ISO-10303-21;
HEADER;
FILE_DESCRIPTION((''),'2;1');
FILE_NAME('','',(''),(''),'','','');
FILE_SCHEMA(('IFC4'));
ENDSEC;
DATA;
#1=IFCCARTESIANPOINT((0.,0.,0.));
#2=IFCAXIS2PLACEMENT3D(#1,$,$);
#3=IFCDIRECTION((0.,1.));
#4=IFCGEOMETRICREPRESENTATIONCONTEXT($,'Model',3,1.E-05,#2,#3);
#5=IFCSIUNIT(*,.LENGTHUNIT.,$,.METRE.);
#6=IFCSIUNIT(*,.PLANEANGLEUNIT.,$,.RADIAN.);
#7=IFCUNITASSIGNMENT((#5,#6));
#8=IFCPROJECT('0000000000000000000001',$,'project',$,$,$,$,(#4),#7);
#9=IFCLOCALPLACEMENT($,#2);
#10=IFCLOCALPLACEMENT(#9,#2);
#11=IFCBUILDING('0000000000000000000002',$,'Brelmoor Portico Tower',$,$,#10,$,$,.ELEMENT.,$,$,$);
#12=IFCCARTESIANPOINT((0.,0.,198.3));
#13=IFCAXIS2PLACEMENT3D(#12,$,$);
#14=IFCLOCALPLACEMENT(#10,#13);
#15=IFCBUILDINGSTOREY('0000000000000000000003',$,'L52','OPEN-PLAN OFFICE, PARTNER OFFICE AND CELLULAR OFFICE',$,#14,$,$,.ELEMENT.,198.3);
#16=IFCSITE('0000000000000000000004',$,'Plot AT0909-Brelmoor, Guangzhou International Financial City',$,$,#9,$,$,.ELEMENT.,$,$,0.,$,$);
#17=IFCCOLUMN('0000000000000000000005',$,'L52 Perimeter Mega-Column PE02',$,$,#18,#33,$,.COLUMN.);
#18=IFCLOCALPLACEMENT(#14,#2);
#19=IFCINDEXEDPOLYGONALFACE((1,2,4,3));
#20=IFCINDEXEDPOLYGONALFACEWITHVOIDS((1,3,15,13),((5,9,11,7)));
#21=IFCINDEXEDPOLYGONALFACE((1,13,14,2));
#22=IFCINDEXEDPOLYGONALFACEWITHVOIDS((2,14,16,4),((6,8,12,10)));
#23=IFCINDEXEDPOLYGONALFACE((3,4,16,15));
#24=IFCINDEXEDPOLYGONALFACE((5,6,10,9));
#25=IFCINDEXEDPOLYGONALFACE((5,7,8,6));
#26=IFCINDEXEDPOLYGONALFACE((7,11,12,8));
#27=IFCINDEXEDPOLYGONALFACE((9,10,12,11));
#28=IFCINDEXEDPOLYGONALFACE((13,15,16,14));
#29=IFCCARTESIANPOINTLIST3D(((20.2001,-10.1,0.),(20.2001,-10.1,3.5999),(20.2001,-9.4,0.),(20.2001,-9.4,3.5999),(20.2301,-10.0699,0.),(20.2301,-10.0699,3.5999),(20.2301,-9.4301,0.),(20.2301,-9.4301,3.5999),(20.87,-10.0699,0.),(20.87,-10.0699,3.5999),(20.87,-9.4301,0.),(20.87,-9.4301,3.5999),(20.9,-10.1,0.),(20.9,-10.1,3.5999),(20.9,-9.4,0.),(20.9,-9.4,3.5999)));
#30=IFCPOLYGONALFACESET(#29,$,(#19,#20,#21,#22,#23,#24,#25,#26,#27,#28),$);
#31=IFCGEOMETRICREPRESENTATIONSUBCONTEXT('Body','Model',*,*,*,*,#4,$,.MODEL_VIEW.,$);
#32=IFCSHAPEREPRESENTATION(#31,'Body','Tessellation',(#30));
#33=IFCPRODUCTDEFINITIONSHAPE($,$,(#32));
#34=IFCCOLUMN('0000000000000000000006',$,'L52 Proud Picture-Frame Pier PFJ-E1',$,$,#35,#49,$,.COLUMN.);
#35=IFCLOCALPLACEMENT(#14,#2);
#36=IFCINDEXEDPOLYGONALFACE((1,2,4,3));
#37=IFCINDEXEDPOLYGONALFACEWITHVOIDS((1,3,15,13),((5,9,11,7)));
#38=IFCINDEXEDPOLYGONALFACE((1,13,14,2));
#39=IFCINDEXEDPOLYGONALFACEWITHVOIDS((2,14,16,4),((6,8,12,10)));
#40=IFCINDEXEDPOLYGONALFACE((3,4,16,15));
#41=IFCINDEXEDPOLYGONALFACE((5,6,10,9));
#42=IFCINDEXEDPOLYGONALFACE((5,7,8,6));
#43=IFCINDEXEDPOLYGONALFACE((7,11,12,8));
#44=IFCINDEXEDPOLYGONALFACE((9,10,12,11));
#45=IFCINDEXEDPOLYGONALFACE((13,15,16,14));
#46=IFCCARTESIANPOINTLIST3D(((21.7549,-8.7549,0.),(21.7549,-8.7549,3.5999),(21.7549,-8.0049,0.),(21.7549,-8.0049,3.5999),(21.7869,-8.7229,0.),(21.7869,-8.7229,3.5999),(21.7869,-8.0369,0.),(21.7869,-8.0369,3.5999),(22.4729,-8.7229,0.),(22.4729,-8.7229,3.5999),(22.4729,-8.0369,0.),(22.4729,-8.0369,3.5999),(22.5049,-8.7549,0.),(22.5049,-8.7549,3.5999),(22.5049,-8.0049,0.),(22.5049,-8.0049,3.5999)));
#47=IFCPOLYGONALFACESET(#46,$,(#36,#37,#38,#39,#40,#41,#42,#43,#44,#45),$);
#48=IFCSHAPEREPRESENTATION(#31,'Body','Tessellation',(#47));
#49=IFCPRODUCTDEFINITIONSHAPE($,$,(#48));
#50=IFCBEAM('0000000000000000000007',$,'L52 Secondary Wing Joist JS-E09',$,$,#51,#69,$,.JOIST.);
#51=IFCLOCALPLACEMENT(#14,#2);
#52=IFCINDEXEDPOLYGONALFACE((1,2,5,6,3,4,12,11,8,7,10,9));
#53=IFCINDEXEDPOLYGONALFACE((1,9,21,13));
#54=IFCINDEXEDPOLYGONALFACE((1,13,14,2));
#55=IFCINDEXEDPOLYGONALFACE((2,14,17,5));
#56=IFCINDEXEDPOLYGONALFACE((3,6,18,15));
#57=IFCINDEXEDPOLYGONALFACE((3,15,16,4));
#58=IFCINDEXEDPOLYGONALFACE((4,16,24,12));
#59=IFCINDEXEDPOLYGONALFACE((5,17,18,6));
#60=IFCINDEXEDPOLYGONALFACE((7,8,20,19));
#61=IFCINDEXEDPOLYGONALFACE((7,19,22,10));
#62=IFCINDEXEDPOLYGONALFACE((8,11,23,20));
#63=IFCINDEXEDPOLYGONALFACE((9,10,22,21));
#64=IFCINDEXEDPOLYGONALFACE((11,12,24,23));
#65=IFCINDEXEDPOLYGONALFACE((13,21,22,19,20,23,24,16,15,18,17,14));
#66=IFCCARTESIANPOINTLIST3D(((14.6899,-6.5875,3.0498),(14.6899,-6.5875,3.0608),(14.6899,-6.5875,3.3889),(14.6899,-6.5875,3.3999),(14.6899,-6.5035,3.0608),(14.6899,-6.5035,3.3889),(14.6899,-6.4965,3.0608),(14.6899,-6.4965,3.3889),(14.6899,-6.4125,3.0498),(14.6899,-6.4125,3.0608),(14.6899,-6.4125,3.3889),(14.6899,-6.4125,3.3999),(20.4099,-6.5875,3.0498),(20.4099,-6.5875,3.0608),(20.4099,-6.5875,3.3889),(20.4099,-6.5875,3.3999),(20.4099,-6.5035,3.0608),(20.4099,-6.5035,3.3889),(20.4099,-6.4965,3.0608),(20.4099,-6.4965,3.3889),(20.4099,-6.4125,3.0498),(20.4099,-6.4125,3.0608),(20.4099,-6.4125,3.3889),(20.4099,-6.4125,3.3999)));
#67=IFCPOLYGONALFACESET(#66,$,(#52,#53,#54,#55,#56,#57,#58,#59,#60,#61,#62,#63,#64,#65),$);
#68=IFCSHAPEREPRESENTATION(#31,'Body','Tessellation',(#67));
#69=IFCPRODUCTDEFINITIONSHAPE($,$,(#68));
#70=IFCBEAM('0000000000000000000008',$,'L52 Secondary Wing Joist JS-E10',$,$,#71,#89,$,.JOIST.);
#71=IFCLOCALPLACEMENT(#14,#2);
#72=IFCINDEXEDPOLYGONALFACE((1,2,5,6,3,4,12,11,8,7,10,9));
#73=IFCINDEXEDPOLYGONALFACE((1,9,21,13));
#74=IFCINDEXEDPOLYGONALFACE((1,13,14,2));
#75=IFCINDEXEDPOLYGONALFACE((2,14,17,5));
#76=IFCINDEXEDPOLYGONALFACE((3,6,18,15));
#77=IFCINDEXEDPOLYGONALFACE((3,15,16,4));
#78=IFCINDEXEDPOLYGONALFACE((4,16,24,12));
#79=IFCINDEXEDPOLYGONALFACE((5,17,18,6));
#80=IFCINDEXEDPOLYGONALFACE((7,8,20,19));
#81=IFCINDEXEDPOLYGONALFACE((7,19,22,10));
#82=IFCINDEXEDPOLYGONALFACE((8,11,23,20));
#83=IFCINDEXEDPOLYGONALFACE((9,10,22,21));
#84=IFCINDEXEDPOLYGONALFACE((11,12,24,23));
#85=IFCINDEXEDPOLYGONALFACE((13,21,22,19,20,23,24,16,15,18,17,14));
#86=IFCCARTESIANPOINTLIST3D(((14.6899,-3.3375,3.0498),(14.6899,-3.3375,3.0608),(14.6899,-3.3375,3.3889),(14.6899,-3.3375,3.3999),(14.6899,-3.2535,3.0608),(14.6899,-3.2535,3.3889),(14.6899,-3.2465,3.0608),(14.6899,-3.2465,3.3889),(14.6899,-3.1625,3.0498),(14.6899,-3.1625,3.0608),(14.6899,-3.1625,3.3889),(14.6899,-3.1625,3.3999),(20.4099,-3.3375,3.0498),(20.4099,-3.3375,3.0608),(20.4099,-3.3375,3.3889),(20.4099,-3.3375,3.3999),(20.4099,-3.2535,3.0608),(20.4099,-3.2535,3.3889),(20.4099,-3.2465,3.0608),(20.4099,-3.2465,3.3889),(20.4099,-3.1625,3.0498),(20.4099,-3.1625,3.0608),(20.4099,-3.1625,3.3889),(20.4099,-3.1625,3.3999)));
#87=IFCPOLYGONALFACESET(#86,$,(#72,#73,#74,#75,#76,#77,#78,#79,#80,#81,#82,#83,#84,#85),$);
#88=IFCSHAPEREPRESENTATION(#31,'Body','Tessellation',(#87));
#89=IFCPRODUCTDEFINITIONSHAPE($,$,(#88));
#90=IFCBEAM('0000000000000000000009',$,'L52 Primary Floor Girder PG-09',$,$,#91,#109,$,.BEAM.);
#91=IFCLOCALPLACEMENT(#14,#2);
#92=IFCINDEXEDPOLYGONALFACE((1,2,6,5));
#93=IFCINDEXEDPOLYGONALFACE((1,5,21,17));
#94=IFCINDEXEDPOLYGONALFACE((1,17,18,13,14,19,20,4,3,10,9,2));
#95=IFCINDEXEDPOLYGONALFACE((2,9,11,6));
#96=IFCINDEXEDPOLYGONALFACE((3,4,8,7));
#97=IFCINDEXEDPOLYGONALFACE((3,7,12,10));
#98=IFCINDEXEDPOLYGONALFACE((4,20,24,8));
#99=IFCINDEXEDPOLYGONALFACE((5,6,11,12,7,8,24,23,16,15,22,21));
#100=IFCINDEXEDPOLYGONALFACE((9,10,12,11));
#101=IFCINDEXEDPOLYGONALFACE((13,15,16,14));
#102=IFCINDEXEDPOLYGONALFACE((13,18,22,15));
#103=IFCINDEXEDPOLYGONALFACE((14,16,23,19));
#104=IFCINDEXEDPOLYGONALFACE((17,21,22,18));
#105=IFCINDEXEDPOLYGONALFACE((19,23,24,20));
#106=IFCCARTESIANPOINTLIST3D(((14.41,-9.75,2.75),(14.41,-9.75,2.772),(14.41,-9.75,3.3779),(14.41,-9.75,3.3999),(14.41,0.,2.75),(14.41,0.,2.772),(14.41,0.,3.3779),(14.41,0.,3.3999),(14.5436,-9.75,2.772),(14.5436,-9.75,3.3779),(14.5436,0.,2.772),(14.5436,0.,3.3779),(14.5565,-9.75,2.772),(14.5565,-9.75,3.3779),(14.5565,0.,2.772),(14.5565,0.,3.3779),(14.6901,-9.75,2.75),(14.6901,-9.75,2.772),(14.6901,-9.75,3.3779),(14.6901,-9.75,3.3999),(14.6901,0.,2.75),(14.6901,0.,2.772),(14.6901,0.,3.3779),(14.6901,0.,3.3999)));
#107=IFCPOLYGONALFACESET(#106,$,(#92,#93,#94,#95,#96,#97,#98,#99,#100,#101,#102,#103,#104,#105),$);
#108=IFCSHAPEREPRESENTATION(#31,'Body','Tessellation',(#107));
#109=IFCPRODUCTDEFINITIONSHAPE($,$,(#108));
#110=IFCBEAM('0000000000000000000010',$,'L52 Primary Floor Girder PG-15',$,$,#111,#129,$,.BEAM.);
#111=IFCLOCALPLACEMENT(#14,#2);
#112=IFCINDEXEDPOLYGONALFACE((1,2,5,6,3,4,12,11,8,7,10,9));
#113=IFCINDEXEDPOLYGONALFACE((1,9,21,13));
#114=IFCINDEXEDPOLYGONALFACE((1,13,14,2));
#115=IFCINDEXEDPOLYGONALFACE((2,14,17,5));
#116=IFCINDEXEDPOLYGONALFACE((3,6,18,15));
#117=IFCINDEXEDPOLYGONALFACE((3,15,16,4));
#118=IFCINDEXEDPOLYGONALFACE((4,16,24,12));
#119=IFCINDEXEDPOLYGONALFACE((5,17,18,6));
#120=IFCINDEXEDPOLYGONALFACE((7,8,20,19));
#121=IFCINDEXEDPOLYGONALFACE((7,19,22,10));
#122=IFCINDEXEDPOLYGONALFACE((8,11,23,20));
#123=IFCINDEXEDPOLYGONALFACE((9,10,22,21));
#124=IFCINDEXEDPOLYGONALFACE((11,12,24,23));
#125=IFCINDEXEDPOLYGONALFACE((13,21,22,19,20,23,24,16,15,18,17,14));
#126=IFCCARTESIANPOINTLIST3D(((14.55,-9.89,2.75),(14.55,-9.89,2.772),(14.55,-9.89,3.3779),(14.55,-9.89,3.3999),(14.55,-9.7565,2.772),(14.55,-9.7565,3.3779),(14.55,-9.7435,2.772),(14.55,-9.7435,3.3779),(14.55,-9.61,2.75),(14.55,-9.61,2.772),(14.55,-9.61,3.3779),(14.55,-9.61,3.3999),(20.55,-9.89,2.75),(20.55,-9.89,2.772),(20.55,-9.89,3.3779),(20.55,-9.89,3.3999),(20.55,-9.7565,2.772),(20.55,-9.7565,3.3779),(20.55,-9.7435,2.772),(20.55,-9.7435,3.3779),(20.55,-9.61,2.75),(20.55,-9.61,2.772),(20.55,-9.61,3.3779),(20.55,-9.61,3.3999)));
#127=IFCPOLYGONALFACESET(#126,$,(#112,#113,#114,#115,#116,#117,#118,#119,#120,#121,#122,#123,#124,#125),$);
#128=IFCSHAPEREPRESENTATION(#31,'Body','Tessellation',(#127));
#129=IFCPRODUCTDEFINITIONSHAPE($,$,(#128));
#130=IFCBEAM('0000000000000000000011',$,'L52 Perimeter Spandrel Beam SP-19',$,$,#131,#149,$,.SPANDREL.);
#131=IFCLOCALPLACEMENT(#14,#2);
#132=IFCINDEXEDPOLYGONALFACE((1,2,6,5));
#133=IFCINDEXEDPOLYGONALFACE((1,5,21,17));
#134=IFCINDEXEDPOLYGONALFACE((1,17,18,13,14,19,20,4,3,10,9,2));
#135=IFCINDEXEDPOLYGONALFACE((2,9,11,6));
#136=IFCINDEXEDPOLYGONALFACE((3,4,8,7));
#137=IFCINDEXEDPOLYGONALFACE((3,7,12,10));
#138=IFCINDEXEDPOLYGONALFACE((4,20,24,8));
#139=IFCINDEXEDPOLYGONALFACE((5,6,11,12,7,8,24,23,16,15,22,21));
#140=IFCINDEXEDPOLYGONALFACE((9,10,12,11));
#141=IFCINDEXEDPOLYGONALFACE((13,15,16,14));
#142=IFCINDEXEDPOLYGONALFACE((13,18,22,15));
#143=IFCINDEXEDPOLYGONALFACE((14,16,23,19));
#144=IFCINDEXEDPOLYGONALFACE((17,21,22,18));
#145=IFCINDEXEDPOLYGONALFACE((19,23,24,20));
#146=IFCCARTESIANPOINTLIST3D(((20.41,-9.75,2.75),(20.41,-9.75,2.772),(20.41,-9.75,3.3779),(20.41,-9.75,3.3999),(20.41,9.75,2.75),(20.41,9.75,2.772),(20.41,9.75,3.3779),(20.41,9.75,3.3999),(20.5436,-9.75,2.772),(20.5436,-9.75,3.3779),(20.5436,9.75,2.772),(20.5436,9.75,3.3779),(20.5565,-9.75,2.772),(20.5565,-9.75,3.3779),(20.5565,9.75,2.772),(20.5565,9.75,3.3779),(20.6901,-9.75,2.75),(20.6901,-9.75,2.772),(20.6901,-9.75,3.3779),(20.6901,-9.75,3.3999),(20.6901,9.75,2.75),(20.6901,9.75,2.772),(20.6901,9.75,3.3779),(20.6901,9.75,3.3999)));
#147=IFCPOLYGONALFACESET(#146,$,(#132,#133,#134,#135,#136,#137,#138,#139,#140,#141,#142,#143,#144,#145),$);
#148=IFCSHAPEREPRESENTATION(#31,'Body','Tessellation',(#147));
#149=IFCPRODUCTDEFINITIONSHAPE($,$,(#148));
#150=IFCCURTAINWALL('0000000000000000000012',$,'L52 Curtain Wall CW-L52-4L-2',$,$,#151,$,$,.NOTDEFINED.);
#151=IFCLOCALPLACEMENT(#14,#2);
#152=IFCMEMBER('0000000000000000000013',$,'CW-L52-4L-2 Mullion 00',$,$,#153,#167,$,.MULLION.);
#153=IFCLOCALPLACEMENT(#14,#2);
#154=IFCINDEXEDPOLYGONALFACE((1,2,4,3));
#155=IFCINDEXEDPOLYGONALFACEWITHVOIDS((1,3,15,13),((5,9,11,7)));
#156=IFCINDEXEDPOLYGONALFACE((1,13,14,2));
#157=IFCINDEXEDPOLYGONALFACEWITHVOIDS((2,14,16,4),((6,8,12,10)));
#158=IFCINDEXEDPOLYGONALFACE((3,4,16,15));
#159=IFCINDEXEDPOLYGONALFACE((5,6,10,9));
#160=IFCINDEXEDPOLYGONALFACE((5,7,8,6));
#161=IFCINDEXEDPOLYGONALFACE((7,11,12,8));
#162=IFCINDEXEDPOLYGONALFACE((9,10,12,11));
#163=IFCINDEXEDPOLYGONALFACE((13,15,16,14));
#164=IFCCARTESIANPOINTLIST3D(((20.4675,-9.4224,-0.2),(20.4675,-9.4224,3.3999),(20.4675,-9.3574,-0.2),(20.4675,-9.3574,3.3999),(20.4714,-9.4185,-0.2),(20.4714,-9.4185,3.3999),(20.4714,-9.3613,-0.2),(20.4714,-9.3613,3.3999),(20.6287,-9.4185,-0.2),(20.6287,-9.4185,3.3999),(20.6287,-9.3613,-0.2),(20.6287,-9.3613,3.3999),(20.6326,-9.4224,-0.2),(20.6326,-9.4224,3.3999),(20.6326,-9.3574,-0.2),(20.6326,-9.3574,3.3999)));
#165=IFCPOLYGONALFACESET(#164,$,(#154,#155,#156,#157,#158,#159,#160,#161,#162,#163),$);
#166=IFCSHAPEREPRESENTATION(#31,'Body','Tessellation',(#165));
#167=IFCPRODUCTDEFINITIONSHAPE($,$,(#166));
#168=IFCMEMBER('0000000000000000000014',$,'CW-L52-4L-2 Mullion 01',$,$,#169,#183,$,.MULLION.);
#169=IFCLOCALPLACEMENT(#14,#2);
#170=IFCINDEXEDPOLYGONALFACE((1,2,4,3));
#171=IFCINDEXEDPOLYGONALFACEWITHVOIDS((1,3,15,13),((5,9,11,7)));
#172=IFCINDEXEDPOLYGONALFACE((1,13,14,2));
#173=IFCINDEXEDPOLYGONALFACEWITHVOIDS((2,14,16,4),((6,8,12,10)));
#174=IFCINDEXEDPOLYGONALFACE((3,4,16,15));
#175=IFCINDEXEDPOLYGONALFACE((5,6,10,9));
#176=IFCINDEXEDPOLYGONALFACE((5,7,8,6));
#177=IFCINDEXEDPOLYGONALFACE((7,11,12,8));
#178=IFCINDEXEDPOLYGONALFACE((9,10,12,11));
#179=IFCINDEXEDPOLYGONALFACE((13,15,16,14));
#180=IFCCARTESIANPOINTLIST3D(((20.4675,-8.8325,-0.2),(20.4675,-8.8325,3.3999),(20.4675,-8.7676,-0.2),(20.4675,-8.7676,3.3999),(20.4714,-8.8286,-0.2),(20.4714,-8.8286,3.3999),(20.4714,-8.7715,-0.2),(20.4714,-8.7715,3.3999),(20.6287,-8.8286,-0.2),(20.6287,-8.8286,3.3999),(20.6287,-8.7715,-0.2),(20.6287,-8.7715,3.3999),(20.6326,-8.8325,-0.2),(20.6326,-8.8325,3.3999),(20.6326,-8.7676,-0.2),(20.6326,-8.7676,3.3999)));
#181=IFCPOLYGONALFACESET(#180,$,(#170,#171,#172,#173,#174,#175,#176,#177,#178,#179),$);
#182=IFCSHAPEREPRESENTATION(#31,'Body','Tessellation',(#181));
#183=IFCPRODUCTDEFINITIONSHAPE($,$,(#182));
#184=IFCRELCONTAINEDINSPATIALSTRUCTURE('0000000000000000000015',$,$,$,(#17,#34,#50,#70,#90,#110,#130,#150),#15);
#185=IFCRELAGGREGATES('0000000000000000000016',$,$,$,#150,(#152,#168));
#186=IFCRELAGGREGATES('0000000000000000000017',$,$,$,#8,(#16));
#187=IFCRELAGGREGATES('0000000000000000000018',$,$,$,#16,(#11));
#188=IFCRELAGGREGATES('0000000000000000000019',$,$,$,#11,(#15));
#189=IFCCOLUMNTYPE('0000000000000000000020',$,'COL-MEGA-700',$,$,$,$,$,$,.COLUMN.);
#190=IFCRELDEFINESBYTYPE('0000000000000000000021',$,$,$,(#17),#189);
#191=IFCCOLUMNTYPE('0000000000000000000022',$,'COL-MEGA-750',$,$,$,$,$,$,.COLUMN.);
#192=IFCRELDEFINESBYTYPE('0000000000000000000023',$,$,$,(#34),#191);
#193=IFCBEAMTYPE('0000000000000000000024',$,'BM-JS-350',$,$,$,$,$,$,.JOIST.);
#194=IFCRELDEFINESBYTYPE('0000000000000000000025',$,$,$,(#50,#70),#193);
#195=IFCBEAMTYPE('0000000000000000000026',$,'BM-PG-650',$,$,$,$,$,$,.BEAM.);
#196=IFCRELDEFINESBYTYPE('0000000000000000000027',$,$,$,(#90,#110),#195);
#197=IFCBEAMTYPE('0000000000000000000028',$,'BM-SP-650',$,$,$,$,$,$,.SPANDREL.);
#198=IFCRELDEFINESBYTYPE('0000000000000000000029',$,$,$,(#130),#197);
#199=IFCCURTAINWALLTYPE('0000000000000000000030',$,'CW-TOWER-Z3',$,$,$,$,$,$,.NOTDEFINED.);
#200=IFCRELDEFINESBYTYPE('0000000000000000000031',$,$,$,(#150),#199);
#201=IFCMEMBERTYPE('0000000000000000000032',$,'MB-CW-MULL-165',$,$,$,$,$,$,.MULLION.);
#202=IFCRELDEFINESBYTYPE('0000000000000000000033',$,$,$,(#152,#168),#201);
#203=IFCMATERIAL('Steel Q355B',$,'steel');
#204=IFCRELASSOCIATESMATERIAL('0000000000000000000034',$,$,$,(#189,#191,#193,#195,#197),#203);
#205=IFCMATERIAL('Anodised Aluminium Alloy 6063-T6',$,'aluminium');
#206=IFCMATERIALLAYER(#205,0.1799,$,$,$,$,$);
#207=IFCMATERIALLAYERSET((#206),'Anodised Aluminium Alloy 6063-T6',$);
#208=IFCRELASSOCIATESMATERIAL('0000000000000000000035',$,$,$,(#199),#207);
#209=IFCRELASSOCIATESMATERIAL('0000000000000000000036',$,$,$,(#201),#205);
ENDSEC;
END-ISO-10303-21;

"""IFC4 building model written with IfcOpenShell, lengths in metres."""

from ifc_helpers import new_model, si_unit, direction, frame, origin, origin_2d, place, context, subcontext, project, spatial, hollow_rectangle, i_section, extrude, material, layer, layer_set, material_profile, profile_set, type_object, element, aggregate, save


model = new_model("IFC4")

# Units and contexts
model_context = context("Model", 3, precision=1e-05, world=origin(), true_north=direction((0.0, 1.0)))
body_context = subcontext(model_context, "Body", "Model", "MODEL_VIEW")
ifc_project = project(units=[si_unit("LENGTHUNIT", "METRE"), si_unit("PLANEANGLEUNIT", "RADIAN")], contexts=[model_context])

# Site, building, storey
site_placement = place(None, origin())
site = spatial("IfcSite", under=ifc_project, at=site_placement, Name="Plot AT0909-Brelmoor, Guangzhou International Financial City", CompositionType="ELEMENT", RefElevation=0.0)
building_placement = place(site_placement, origin())
building = spatial("IfcBuilding", under=site, at=building_placement, Name="Brelmoor Portico Tower", CompositionType="ELEMENT")
storey_placement = place(building_placement, frame((0.0, 0.0, 198.3)))
storey = spatial("IfcBuildingStorey", under=building, at=storey_placement, Name="L52", Description="OPEN-PLAN OFFICE, PARTNER OFFICE AND CELLULAR OFFICE", CompositionType="ELEMENT", Elevation=198.3)

# Columns
ifc_material_1 = material(Name="Steel Q355B", Category="steel")
ifc_material_profile_1 = material_profile(ifc_material_1, hollow_rectangle(XDim=0.7, YDim=0.7, WallThickness=0.03, at=origin_2d()), Name="BOX 700x700x30")
ifc_profile_set_1 = profile_set([ifc_material_profile_1], Name="Steel Q355B")
column_type_1 = type_object("IfcColumnType", Name="COL-MEGA-700", PredefinedType="COLUMN", material=ifc_profile_set_1)
column_1_placement = place(storey_placement, frame((20.55, -9.75, 0.0), z_axis=(0.0, 0.0, 1.0), x_axis=(0.0, 1.0, 0.0)))
element("IfcColumn", 1, at=column_1_placement, inside=storey, type_object=column_type_1, Name="L52 Perimeter Mega-Column PE02", PredefinedType="COLUMN", context=body_context, shape_type="SweptSolid", body=[
    extrude(hollow_rectangle(XDim=0.7, YDim=0.7, WallThickness=0.03, at=origin_2d()), origin(), (0.0, 0.0, 1.0), 3.5999),
])
ifc_material_profile_2 = material_profile(ifc_material_1, hollow_rectangle(XDim=0.75, YDim=0.75, WallThickness=0.032, at=origin_2d()), Name="BOX 750x750x32")
ifc_profile_set_2 = profile_set([ifc_material_profile_2], Name="Steel Q355B")
column_type_2 = type_object("IfcColumnType", Name="COL-MEGA-750", PredefinedType="COLUMN", material=ifc_profile_set_2)
column_2_placement = place(storey_placement, frame((22.1299, -8.3799, 0.0), z_axis=(0.0, 0.0, 1.0), x_axis=(0.0, 1.0, 0.0)))
element("IfcColumn", 2, at=column_2_placement, inside=storey, type_object=column_type_2, Name="L52 Proud Picture-Frame Pier PFJ-E1", PredefinedType="COLUMN", context=body_context, shape_type="SweptSolid", body=[
    extrude(hollow_rectangle(XDim=0.75, YDim=0.75, WallThickness=0.032, at=origin_2d()), origin(), (0.0, 0.0, 1.0), 3.5999),
])

# Beams
ifc_material_profile_3 = material_profile(ifc_material_1, i_section(OverallWidth=0.175, OverallDepth=0.3501, WebThickness=0.0071, FlangeThickness=0.011, at=origin_2d()), Name="HN 350x175x7x11")
ifc_profile_set_3 = profile_set([ifc_material_profile_3], Name="Steel Q355B")
beam_type_1 = type_object("IfcBeamType", Name="BM-JS-350", PredefinedType="JOIST", material=ifc_profile_set_3)
for number, where, z_axis, x_axis, name in (
    (3, (14.6899, -6.5, 3.2249), (1.0, 0.0, 0.0), (0.0, 1.0, 0.0), "L52 Secondary Wing Joist JS-E09"),
    (4, (14.6899, -3.25, 3.2249), (1.0, 0.0, 0.0), (0.0, 1.0, 0.0), "L52 Secondary Wing Joist JS-E10"),
):
    element("IfcBeam", number, at=place(storey_placement, frame(where, z_axis=z_axis, x_axis=x_axis)), inside=storey, type_object=beam_type_1, Name=name, PredefinedType="JOIST", context=body_context, shape_type="SweptSolid", body=[
        extrude(i_section(OverallWidth=0.175, OverallDepth=0.3501, WebThickness=0.0071, FlangeThickness=0.011, at=origin_2d()), origin(), (0.0, 0.0, 1.0), 5.72),
    ])
ifc_material_profile_4 = material_profile(ifc_material_1, i_section(OverallWidth=0.28, OverallDepth=0.6499, WebThickness=0.0129, FlangeThickness=0.022, at=origin_2d()), Name="HN 650x280x13x22")
ifc_profile_set_4 = profile_set([ifc_material_profile_4], Name="Steel Q355B")
beam_type_2 = type_object("IfcBeamType", Name="BM-PG-650", PredefinedType="BEAM", material=ifc_profile_set_4)
beam_1_placement = place(storey_placement, frame((14.55, -9.75, 3.075), z_axis=(0.0, 1.0, 0.0), x_axis=(-1.0, 0.0, 0.0)))
element("IfcBeam", 5, at=beam_1_placement, inside=storey, type_object=beam_type_2, Name="L52 Primary Floor Girder PG-09", PredefinedType="BEAM", context=body_context, shape_type="SweptSolid", body=[
    extrude(i_section(OverallWidth=0.28, OverallDepth=0.6499, WebThickness=0.0129, FlangeThickness=0.022, at=origin_2d()), origin(), (0.0, 0.0, 1.0), 9.75),
])
beam_2_placement = place(storey_placement, frame((14.55, -9.75, 3.075), z_axis=(1.0, 0.0, 0.0), x_axis=(0.0, 1.0, 0.0)))
element("IfcBeam", 6, at=beam_2_placement, inside=storey, type_object=beam_type_2, Name="L52 Primary Floor Girder PG-15", PredefinedType="BEAM", context=body_context, shape_type="SweptSolid", body=[
    extrude(i_section(OverallWidth=0.28, OverallDepth=0.6499, WebThickness=0.0129, FlangeThickness=0.022, at=origin_2d()), origin(), (0.0, 0.0, 1.0), 6.0),
])
ifc_material_profile_5 = material_profile(ifc_material_1, i_section(OverallWidth=0.28, OverallDepth=0.6499, WebThickness=0.0129, FlangeThickness=0.022, at=origin_2d()), Name="HN 650x280x13x22")
ifc_profile_set_5 = profile_set([ifc_material_profile_5], Name="Steel Q355B")
beam_type_3 = type_object("IfcBeamType", Name="BM-SP-650", PredefinedType="SPANDREL", material=ifc_profile_set_5)
beam_3_placement = place(storey_placement, frame((20.55, -9.75, 3.075), z_axis=(0.0, 1.0, 0.0), x_axis=(-1.0, 0.0, 0.0)))
element("IfcBeam", 7, at=beam_3_placement, inside=storey, type_object=beam_type_3, Name="L52 Perimeter Spandrel Beam SP-19", PredefinedType="SPANDREL", context=body_context, shape_type="SweptSolid", body=[
    extrude(i_section(OverallWidth=0.28, OverallDepth=0.6499, WebThickness=0.0129, FlangeThickness=0.022, at=origin_2d()), origin(), (0.0, 0.0, 1.0), 19.5),
])

# Curtain wall, members
ifc_material_2 = material(Name="Anodised Aluminium Alloy 6063-T6", Category="aluminium")
ifc_layer_1 = layer(ifc_material_2, 0.1799)
ifc_layer_set_1 = layer_set([ifc_layer_1], Name="Anodised Aluminium Alloy 6063-T6")
curtain_wall_type = type_object("IfcCurtainWallType", Name="CW-TOWER-Z3", PredefinedType="NOTDEFINED", material=ifc_layer_set_1)
curtain_wall_placement = place(storey_placement, origin())
curtain_wall = element("IfcCurtainWall", 8, at=curtain_wall_placement, inside=storey, type_object=curtain_wall_type, Name="L52 Curtain Wall CW-L52-4L-2", PredefinedType="NOTDEFINED")
ifc_material_profile_6 = material_profile(ifc_material_2, hollow_rectangle(XDim=0.0649, YDim=0.165, WallThickness=0.0039, at=origin_2d()), Name="ALU MULLION 65x165")
ifc_profile_set_6 = profile_set([ifc_material_profile_6], Name="Anodised Aluminium Alloy 6063-T6")
member_type_1 = type_object("IfcMemberType", Name="MB-CW-MULL-165", PredefinedType="MULLION", material=ifc_profile_set_6)
member_1_placement = place(storey_placement, frame((20.55, -9.3899, -0.2), z_axis=(0.0, 0.0, 1.0), x_axis=(0.0, 1.0, 0.0)))
member_1 = element("IfcMember", 9, at=member_1_placement, type_object=member_type_1, Name="CW-L52-4L-2 Mullion 00", PredefinedType="MULLION", context=body_context, shape_type="SweptSolid", body=[
    extrude(hollow_rectangle(XDim=0.0649, YDim=0.165, WallThickness=0.0039, at=origin_2d()), origin(), (0.0, 0.0, 1.0), 3.5999),
])
member_2_placement = place(storey_placement, frame((20.55, -8.8, -0.2), z_axis=(0.0, 0.0, 1.0), x_axis=(0.0, 1.0, 0.0)))
member_2 = element("IfcMember", 10, at=member_2_placement, type_object=member_type_1, Name="CW-L52-4L-2 Mullion 01", PredefinedType="MULLION", context=body_context, shape_type="SweptSolid", body=[
    extrude(hollow_rectangle(XDim=0.0649, YDim=0.165, WallThickness=0.0039, at=origin_2d()), origin(), (0.0, 0.0, 1.0), 3.5999),
])

aggregate(curtain_wall, [member_1, member_2])

save(model, "model.ifc")
